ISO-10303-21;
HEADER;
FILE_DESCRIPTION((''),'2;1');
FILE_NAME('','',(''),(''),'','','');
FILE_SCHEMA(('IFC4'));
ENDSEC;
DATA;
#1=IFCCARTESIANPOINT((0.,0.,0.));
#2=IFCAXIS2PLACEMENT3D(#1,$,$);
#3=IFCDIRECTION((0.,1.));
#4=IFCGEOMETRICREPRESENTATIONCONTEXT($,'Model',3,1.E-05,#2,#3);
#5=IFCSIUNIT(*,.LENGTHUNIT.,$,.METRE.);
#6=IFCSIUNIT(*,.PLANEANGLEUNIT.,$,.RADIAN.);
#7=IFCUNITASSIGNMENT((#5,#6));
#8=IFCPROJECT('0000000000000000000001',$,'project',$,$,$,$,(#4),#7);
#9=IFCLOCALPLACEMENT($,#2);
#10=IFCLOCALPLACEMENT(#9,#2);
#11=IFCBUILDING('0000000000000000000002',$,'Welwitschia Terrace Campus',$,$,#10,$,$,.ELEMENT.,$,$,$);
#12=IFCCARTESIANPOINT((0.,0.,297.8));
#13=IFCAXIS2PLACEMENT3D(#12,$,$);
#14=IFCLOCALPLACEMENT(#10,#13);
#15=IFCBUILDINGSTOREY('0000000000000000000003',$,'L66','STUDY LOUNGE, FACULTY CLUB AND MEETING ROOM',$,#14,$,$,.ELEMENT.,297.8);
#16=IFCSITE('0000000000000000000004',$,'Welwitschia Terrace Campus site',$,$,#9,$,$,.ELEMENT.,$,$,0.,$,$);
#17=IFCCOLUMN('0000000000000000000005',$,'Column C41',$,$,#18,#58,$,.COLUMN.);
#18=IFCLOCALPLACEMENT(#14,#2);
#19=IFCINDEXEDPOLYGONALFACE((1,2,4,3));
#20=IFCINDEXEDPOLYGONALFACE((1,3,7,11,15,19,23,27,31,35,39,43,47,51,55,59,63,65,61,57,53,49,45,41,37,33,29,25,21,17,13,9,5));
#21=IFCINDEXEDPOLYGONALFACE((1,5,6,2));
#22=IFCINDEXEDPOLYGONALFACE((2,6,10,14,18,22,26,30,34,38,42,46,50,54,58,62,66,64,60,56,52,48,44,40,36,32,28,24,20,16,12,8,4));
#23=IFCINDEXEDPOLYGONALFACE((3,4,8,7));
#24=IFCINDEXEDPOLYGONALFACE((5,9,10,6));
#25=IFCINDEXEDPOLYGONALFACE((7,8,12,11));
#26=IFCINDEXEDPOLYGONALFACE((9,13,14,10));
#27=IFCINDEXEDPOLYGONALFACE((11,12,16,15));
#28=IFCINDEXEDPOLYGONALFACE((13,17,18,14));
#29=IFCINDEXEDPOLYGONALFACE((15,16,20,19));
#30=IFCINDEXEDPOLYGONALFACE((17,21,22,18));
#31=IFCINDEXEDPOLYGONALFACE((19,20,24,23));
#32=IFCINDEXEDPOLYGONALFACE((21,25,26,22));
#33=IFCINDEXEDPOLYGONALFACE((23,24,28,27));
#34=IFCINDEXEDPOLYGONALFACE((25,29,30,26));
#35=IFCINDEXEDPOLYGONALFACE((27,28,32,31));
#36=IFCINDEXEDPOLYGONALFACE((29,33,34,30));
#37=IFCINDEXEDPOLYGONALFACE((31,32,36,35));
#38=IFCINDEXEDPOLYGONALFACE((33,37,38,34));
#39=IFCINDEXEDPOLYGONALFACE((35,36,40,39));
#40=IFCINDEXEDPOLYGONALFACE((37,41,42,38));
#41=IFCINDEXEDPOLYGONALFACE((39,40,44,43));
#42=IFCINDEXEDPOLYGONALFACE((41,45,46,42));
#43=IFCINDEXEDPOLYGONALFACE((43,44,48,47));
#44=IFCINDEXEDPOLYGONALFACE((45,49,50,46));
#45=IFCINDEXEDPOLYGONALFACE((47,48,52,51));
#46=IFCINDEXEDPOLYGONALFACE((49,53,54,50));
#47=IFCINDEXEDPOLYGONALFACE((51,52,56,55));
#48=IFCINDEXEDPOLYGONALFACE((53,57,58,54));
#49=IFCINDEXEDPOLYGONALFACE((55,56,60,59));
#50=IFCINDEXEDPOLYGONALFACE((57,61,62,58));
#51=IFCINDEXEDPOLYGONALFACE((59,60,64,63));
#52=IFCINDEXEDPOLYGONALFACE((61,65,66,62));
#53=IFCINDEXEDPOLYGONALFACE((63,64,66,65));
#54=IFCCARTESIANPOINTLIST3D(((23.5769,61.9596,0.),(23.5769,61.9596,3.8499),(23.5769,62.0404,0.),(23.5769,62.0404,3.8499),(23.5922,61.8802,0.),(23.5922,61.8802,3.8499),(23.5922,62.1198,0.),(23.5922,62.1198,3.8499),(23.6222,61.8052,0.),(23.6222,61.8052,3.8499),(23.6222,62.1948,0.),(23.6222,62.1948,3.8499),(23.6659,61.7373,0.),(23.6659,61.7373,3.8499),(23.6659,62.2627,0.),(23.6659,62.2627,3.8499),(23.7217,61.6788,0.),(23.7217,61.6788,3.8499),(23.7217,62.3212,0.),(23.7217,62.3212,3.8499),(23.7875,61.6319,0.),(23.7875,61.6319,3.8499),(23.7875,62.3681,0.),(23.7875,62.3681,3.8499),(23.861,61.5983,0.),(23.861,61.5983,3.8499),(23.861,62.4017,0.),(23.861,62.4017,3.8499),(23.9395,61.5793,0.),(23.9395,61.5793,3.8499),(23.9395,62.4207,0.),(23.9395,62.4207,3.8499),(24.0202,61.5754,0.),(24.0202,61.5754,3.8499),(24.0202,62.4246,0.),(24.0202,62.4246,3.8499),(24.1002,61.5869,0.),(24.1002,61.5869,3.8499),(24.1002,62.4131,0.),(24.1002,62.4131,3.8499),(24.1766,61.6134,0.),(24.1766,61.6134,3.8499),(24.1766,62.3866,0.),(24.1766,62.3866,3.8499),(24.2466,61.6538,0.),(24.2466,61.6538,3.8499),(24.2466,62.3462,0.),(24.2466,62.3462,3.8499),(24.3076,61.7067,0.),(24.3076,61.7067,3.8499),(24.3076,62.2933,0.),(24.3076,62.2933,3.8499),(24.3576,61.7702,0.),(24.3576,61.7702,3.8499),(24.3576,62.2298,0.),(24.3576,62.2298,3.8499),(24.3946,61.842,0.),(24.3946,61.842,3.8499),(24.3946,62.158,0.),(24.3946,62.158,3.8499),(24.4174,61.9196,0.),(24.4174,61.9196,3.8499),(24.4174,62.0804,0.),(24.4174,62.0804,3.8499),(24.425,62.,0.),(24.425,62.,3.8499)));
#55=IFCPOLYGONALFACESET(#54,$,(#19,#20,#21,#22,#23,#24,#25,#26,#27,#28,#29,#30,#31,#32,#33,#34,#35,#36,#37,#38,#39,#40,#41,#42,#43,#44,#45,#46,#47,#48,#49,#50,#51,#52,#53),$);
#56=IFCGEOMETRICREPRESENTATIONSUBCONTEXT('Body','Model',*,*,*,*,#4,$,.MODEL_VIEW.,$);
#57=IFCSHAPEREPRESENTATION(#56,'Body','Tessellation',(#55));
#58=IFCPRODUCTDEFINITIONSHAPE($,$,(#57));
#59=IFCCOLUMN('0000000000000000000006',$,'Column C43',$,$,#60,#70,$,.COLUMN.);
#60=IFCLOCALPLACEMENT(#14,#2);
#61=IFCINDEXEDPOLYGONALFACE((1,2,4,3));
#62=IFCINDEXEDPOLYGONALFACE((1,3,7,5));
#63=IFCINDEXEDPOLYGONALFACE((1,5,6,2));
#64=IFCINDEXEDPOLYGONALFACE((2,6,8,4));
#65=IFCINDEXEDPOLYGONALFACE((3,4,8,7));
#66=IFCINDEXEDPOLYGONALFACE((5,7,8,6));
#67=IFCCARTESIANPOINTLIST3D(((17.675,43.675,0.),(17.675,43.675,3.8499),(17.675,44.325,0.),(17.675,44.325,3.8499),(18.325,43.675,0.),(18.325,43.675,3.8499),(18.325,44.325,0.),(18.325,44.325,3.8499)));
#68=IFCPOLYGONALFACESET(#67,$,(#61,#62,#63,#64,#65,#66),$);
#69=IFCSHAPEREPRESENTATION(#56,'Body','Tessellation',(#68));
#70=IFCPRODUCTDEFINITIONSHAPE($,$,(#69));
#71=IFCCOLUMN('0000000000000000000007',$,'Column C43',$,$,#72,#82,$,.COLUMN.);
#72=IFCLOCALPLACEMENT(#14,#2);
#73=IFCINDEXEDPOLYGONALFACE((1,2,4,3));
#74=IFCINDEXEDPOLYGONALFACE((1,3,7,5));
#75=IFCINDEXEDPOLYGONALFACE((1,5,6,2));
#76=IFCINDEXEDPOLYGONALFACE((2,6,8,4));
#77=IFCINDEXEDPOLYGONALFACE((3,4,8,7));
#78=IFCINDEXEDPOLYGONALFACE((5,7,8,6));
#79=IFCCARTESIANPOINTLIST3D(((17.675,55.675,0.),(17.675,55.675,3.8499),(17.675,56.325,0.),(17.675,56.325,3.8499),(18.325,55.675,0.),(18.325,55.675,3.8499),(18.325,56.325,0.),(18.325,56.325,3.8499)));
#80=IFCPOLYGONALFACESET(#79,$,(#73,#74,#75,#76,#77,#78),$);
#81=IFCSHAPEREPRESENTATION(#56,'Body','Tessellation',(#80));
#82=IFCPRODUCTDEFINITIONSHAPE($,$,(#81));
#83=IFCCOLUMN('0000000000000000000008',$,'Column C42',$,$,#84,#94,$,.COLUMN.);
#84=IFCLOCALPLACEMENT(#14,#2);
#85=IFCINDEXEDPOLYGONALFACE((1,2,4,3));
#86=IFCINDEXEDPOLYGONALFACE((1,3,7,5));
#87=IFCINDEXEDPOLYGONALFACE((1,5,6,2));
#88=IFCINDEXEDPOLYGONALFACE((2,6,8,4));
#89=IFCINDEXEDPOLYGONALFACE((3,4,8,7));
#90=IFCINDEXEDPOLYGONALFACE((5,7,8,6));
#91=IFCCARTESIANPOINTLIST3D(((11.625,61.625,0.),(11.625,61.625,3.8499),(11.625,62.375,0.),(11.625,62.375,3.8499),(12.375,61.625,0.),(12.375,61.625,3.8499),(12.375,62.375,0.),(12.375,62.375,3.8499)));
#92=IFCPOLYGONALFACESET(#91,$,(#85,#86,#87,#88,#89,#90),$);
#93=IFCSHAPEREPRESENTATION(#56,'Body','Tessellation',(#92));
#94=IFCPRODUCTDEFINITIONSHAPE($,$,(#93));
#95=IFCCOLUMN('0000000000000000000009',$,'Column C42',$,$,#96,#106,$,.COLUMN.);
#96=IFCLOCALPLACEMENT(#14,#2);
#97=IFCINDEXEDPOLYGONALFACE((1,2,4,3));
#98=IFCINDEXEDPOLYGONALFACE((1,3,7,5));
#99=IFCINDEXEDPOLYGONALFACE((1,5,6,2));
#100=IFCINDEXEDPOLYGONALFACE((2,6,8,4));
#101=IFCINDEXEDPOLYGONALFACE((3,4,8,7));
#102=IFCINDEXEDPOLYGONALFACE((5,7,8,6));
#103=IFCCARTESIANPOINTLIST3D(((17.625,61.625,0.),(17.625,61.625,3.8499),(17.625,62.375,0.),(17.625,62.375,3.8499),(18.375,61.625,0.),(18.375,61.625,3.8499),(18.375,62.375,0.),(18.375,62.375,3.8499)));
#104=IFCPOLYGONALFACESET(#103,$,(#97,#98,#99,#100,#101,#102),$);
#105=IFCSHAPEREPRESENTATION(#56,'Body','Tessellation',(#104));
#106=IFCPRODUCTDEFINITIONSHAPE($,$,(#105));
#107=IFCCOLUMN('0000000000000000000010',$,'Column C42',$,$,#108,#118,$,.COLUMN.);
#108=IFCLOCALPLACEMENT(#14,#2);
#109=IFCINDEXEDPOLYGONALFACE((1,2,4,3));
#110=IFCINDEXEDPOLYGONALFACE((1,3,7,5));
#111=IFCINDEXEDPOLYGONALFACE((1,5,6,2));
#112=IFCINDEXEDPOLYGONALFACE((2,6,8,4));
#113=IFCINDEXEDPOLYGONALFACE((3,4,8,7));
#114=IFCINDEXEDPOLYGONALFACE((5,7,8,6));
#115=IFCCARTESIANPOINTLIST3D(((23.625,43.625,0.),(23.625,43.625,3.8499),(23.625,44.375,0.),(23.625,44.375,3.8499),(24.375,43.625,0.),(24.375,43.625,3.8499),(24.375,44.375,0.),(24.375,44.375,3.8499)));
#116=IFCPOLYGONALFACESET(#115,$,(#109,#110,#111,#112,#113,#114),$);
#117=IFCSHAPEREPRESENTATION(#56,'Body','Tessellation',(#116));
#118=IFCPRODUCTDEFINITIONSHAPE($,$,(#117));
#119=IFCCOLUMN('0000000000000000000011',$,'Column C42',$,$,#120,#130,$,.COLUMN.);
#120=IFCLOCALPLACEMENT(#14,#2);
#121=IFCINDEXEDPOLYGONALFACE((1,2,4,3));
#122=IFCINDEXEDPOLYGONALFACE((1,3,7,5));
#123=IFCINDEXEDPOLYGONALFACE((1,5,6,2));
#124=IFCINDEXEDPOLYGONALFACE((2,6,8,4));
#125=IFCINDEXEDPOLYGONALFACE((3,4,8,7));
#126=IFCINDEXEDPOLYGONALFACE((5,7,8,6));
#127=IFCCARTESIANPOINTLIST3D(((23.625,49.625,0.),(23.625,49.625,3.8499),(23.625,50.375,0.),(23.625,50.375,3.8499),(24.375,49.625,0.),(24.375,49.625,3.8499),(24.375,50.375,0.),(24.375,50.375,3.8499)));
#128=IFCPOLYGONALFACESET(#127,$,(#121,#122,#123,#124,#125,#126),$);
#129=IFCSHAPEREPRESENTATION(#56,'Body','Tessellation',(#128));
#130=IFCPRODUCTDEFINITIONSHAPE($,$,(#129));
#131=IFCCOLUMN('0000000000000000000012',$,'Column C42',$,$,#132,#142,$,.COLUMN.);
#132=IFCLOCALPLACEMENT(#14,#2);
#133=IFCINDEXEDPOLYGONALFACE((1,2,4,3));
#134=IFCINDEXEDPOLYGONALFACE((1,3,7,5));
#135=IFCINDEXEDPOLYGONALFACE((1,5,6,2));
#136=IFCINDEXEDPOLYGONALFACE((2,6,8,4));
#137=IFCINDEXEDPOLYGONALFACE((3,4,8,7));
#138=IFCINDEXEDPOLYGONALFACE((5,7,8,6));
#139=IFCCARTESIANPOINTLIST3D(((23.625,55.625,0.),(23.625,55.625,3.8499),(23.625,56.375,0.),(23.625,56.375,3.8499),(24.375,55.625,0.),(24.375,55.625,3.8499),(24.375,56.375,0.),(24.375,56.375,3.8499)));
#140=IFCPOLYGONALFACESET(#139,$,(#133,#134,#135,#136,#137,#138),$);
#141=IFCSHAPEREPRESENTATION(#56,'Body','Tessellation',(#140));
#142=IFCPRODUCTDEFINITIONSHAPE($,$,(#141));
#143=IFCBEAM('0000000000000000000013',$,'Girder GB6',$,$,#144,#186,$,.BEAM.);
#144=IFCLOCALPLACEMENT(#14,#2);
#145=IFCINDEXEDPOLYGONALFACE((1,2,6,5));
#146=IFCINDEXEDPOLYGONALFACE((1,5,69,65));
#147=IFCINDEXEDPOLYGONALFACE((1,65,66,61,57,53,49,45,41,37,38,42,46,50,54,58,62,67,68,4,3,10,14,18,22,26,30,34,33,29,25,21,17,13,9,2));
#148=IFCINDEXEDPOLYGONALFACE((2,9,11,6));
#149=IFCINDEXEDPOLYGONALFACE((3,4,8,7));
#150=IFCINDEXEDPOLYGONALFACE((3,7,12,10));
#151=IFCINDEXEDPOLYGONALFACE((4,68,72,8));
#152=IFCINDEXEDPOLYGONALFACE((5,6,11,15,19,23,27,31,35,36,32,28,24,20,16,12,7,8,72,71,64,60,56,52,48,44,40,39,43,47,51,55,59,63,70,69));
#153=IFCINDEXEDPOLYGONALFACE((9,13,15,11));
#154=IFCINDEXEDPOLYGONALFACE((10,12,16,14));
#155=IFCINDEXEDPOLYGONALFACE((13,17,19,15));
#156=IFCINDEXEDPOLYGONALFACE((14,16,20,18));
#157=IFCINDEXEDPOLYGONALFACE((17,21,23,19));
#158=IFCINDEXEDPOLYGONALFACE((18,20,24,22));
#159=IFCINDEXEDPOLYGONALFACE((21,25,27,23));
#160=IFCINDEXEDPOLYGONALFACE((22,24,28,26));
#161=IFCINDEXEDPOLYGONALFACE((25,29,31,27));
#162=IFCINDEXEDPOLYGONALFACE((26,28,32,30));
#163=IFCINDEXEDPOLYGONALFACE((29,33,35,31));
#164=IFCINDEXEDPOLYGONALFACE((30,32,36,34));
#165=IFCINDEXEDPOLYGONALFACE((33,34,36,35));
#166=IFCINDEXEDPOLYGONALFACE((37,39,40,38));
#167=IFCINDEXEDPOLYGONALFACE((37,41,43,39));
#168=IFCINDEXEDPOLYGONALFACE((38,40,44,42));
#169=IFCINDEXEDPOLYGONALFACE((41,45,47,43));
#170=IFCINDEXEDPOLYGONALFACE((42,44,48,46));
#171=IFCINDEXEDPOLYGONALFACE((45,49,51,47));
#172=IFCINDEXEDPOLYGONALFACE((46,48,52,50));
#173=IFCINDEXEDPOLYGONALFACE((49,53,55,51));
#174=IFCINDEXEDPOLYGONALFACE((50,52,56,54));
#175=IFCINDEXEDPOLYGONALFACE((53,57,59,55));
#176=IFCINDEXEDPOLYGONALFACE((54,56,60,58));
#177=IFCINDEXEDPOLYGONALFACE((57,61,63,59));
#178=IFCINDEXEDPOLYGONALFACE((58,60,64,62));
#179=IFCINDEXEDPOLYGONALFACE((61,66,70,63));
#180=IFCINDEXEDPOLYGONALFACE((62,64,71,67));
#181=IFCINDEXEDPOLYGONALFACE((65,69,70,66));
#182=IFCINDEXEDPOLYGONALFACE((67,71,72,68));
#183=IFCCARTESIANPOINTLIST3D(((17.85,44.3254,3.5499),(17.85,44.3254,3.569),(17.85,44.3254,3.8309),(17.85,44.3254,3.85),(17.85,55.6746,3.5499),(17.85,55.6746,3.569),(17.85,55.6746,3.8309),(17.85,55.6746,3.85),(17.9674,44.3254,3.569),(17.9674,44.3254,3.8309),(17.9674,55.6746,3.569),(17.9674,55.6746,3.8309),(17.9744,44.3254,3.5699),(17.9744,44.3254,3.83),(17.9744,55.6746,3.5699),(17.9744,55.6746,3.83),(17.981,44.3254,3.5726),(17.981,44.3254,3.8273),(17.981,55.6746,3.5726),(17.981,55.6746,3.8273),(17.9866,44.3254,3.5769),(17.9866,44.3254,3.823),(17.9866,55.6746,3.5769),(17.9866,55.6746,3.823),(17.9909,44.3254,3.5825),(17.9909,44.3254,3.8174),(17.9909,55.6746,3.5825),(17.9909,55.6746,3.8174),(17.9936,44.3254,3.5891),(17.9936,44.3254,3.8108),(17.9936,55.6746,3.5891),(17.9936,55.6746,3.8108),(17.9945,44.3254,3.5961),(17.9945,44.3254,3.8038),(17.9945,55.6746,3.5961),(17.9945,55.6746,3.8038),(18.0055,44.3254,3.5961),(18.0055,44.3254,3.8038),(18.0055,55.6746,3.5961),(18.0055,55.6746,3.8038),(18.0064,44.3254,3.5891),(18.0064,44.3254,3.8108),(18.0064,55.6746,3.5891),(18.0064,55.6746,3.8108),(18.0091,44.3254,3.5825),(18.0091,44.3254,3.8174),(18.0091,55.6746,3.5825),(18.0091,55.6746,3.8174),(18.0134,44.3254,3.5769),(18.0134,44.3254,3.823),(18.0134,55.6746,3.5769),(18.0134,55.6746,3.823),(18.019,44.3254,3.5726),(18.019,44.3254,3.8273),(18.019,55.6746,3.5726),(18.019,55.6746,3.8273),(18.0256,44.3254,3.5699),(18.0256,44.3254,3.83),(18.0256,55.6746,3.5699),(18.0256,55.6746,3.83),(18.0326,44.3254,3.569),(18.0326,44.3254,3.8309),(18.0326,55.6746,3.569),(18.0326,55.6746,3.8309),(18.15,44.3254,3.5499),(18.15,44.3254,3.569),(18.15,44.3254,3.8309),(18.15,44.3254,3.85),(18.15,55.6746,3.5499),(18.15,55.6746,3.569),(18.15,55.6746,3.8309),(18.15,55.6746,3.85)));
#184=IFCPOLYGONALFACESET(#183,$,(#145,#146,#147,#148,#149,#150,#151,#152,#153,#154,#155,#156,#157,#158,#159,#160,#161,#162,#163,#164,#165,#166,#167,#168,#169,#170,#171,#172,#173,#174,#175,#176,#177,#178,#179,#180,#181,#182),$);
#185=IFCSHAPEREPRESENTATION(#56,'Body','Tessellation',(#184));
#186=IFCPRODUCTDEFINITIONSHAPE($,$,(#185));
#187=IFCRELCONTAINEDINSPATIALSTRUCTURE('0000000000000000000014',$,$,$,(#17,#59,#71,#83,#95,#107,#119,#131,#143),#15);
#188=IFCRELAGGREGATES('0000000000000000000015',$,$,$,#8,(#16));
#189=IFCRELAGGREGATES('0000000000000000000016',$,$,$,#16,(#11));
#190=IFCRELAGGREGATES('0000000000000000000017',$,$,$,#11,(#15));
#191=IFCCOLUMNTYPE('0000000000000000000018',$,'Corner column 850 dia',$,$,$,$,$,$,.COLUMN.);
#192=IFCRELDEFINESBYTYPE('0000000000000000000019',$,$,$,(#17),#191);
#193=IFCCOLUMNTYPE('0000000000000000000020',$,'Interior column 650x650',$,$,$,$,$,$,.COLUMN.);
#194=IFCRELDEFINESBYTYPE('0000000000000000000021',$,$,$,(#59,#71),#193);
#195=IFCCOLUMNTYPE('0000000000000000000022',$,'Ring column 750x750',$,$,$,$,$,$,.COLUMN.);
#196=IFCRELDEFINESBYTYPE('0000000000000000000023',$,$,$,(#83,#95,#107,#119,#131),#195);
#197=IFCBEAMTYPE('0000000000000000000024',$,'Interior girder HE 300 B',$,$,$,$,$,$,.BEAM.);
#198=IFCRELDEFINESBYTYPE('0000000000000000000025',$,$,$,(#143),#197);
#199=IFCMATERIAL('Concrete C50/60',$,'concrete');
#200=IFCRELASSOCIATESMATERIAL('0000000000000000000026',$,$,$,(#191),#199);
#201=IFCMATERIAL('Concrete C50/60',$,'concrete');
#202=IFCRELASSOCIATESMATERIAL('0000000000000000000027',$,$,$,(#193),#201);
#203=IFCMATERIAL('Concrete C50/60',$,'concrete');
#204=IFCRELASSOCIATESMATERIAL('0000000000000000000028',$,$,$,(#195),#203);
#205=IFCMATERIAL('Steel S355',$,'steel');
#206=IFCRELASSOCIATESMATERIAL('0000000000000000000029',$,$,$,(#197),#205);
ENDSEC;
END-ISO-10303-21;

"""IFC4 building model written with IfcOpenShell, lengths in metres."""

from ifc_helpers import new_model, si_unit, direction, frame, origin, origin_2d, place, context, subcontext, project, spatial, rectangle, circle, i_section, extrude, material, material_profile, profile_set, type_object, element, save


model = new_model("IFC4")

# Units and contexts
model_context = context("Model", 3, precision=1e-05, world=origin(), true_north=direction((0.0, 1.0)))
body_context = subcontext(model_context, "Body", "Model", "MODEL_VIEW")
ifc_project = project(units=[si_unit("LENGTHUNIT", "METRE"), si_unit("PLANEANGLEUNIT", "RADIAN")], contexts=[model_context])

# Site, building, storey
site_placement = place(None, origin())
site = spatial("IfcSite", under=ifc_project, at=site_placement, Name="Welwitschia Terrace Campus site", CompositionType="ELEMENT", RefElevation=0.0)
building_placement = place(site_placement, origin())
building = spatial("IfcBuilding", under=site, at=building_placement, Name="Welwitschia Terrace Campus", CompositionType="ELEMENT")
storey_placement = place(building_placement, frame((0.0, 0.0, 297.8)))
storey = spatial("IfcBuildingStorey", under=building, at=storey_placement, Name="L66", Description="STUDY LOUNGE, FACULTY CLUB AND MEETING ROOM", CompositionType="ELEMENT", Elevation=297.8)

# Columns
ifc_material_1 = material(Name="Concrete C50/60", Category="concrete")
ifc_material_profile_1 = material_profile(ifc_material_1, circle(Radius=0.425, at=origin_2d()))
ifc_profile_set_1 = profile_set([ifc_material_profile_1], Name="Concrete C50/60")
column_type_1 = type_object("IfcColumnType", Name="Corner column 850 dia", PredefinedType="COLUMN", material=ifc_profile_set_1)
column_placement = place(storey_placement, frame((24.0, 62.0, 0.0), z_axis=(0.0, 0.0, 1.0), x_axis=(1.0, 0.0, 0.0)))
element("IfcColumn", 1, at=column_placement, inside=storey, type_object=column_type_1, Name="Column C41", PredefinedType="COLUMN", context=body_context, shape_type="SweptSolid", body=[
    extrude(circle(Radius=0.425, at=origin_2d()), origin(), (0.0, 0.0, 1.0), 3.8499),
])
ifc_material_2 = material(Name="Concrete C50/60", Category="concrete")
ifc_material_profile_2 = material_profile(ifc_material_2, rectangle(XDim=0.6499, YDim=0.6499, at=origin_2d()))
ifc_profile_set_2 = profile_set([ifc_material_profile_2], Name="Concrete C50/60")
column_type_2 = type_object("IfcColumnType", Name="Interior column 650x650", PredefinedType="COLUMN", material=ifc_profile_set_2)
for number, where, z_axis, x_axis, name in (
    (2, (18.0, 44.0, 0.0), (0.0, 0.0, 1.0), (1.0, 0.0, 0.0), "Column C43"),
    (3, (18.0, 56.0, 0.0), (0.0, 0.0, 1.0), (1.0, 0.0, 0.0), "Column C43"),
):
    element("IfcColumn", number, at=place(storey_placement, frame(where, z_axis=z_axis, x_axis=x_axis)), inside=storey, type_object=column_type_2, Name=name, PredefinedType="COLUMN", context=body_context, shape_type="SweptSolid", body=[
        extrude(rectangle(XDim=0.6499, YDim=0.6499, at=origin_2d()), origin(), (0.0, 0.0, 1.0), 3.8499),
    ])
ifc_material_3 = material(Name="Concrete C50/60", Category="concrete")
ifc_material_profile_3 = material_profile(ifc_material_3, rectangle(XDim=0.75, YDim=0.75, at=origin_2d()))
ifc_profile_set_3 = profile_set([ifc_material_profile_3], Name="Concrete C50/60")
column_type_3 = type_object("IfcColumnType", Name="Ring column 750x750", PredefinedType="COLUMN", material=ifc_profile_set_3)
for number, where, z_axis, x_axis, name in (
    (4, (12.0, 62.0, 0.0), (0.0, 0.0, 1.0), (1.0, 0.0, 0.0), "Column C42"),
    (5, (18.0, 62.0, 0.0), (0.0, 0.0, 1.0), (1.0, 0.0, 0.0), "Column C42"),
    (6, (24.0, 44.0, 0.0), (0.0, 0.0, 1.0), (1.0, 0.0, 0.0), "Column C42"),
    (7, (24.0, 50.0, 0.0), (0.0, 0.0, 1.0), (1.0, 0.0, 0.0), "Column C42"),
    (8, (24.0, 56.0, 0.0), (0.0, 0.0, 1.0), (1.0, 0.0, 0.0), "Column C42"),
):
    element("IfcColumn", number, at=place(storey_placement, frame(where, z_axis=z_axis, x_axis=x_axis)), inside=storey, type_object=column_type_3, Name=name, PredefinedType="COLUMN", context=body_context, shape_type="SweptSolid", body=[
        extrude(rectangle(XDim=0.75, YDim=0.75, at=origin_2d()), origin(), (0.0, 0.0, 1.0), 3.8499),
    ])

# Beam
ifc_material_4 = material(Name="Steel S355", Category="steel")
ifc_material_profile_4 = material_profile(ifc_material_4, i_section(OverallWidth=0.3, OverallDepth=0.3, WebThickness=0.011, FlangeThickness=0.019, FilletRadius=0.0271, at=origin_2d()))
ifc_profile_set_4 = profile_set([ifc_material_profile_4], Name="Steel S355")
beam_type_1 = type_object("IfcBeamType", Name="Interior girder HE 300 B", PredefinedType="BEAM", material=ifc_profile_set_4)
beam_1_placement = place(storey_placement, frame((18.0, 44.3254, 3.7), z_axis=(0.0, 1.0, 0.0), x_axis=(-1.0, 0.0, 0.0)))
element("IfcBeam", 9, at=beam_1_placement, inside=storey, type_object=beam_type_1, Name="Girder GB6", PredefinedType="BEAM", context=body_context, shape_type="SweptSolid", body=[
    extrude(i_section(OverallWidth=0.3, OverallDepth=0.3, WebThickness=0.011, FlangeThickness=0.019, FilletRadius=0.0271, at=origin_2d()), origin(), (0.0, 0.0, 1.0), 11.3491),
])

save(model, "model.ifc")
